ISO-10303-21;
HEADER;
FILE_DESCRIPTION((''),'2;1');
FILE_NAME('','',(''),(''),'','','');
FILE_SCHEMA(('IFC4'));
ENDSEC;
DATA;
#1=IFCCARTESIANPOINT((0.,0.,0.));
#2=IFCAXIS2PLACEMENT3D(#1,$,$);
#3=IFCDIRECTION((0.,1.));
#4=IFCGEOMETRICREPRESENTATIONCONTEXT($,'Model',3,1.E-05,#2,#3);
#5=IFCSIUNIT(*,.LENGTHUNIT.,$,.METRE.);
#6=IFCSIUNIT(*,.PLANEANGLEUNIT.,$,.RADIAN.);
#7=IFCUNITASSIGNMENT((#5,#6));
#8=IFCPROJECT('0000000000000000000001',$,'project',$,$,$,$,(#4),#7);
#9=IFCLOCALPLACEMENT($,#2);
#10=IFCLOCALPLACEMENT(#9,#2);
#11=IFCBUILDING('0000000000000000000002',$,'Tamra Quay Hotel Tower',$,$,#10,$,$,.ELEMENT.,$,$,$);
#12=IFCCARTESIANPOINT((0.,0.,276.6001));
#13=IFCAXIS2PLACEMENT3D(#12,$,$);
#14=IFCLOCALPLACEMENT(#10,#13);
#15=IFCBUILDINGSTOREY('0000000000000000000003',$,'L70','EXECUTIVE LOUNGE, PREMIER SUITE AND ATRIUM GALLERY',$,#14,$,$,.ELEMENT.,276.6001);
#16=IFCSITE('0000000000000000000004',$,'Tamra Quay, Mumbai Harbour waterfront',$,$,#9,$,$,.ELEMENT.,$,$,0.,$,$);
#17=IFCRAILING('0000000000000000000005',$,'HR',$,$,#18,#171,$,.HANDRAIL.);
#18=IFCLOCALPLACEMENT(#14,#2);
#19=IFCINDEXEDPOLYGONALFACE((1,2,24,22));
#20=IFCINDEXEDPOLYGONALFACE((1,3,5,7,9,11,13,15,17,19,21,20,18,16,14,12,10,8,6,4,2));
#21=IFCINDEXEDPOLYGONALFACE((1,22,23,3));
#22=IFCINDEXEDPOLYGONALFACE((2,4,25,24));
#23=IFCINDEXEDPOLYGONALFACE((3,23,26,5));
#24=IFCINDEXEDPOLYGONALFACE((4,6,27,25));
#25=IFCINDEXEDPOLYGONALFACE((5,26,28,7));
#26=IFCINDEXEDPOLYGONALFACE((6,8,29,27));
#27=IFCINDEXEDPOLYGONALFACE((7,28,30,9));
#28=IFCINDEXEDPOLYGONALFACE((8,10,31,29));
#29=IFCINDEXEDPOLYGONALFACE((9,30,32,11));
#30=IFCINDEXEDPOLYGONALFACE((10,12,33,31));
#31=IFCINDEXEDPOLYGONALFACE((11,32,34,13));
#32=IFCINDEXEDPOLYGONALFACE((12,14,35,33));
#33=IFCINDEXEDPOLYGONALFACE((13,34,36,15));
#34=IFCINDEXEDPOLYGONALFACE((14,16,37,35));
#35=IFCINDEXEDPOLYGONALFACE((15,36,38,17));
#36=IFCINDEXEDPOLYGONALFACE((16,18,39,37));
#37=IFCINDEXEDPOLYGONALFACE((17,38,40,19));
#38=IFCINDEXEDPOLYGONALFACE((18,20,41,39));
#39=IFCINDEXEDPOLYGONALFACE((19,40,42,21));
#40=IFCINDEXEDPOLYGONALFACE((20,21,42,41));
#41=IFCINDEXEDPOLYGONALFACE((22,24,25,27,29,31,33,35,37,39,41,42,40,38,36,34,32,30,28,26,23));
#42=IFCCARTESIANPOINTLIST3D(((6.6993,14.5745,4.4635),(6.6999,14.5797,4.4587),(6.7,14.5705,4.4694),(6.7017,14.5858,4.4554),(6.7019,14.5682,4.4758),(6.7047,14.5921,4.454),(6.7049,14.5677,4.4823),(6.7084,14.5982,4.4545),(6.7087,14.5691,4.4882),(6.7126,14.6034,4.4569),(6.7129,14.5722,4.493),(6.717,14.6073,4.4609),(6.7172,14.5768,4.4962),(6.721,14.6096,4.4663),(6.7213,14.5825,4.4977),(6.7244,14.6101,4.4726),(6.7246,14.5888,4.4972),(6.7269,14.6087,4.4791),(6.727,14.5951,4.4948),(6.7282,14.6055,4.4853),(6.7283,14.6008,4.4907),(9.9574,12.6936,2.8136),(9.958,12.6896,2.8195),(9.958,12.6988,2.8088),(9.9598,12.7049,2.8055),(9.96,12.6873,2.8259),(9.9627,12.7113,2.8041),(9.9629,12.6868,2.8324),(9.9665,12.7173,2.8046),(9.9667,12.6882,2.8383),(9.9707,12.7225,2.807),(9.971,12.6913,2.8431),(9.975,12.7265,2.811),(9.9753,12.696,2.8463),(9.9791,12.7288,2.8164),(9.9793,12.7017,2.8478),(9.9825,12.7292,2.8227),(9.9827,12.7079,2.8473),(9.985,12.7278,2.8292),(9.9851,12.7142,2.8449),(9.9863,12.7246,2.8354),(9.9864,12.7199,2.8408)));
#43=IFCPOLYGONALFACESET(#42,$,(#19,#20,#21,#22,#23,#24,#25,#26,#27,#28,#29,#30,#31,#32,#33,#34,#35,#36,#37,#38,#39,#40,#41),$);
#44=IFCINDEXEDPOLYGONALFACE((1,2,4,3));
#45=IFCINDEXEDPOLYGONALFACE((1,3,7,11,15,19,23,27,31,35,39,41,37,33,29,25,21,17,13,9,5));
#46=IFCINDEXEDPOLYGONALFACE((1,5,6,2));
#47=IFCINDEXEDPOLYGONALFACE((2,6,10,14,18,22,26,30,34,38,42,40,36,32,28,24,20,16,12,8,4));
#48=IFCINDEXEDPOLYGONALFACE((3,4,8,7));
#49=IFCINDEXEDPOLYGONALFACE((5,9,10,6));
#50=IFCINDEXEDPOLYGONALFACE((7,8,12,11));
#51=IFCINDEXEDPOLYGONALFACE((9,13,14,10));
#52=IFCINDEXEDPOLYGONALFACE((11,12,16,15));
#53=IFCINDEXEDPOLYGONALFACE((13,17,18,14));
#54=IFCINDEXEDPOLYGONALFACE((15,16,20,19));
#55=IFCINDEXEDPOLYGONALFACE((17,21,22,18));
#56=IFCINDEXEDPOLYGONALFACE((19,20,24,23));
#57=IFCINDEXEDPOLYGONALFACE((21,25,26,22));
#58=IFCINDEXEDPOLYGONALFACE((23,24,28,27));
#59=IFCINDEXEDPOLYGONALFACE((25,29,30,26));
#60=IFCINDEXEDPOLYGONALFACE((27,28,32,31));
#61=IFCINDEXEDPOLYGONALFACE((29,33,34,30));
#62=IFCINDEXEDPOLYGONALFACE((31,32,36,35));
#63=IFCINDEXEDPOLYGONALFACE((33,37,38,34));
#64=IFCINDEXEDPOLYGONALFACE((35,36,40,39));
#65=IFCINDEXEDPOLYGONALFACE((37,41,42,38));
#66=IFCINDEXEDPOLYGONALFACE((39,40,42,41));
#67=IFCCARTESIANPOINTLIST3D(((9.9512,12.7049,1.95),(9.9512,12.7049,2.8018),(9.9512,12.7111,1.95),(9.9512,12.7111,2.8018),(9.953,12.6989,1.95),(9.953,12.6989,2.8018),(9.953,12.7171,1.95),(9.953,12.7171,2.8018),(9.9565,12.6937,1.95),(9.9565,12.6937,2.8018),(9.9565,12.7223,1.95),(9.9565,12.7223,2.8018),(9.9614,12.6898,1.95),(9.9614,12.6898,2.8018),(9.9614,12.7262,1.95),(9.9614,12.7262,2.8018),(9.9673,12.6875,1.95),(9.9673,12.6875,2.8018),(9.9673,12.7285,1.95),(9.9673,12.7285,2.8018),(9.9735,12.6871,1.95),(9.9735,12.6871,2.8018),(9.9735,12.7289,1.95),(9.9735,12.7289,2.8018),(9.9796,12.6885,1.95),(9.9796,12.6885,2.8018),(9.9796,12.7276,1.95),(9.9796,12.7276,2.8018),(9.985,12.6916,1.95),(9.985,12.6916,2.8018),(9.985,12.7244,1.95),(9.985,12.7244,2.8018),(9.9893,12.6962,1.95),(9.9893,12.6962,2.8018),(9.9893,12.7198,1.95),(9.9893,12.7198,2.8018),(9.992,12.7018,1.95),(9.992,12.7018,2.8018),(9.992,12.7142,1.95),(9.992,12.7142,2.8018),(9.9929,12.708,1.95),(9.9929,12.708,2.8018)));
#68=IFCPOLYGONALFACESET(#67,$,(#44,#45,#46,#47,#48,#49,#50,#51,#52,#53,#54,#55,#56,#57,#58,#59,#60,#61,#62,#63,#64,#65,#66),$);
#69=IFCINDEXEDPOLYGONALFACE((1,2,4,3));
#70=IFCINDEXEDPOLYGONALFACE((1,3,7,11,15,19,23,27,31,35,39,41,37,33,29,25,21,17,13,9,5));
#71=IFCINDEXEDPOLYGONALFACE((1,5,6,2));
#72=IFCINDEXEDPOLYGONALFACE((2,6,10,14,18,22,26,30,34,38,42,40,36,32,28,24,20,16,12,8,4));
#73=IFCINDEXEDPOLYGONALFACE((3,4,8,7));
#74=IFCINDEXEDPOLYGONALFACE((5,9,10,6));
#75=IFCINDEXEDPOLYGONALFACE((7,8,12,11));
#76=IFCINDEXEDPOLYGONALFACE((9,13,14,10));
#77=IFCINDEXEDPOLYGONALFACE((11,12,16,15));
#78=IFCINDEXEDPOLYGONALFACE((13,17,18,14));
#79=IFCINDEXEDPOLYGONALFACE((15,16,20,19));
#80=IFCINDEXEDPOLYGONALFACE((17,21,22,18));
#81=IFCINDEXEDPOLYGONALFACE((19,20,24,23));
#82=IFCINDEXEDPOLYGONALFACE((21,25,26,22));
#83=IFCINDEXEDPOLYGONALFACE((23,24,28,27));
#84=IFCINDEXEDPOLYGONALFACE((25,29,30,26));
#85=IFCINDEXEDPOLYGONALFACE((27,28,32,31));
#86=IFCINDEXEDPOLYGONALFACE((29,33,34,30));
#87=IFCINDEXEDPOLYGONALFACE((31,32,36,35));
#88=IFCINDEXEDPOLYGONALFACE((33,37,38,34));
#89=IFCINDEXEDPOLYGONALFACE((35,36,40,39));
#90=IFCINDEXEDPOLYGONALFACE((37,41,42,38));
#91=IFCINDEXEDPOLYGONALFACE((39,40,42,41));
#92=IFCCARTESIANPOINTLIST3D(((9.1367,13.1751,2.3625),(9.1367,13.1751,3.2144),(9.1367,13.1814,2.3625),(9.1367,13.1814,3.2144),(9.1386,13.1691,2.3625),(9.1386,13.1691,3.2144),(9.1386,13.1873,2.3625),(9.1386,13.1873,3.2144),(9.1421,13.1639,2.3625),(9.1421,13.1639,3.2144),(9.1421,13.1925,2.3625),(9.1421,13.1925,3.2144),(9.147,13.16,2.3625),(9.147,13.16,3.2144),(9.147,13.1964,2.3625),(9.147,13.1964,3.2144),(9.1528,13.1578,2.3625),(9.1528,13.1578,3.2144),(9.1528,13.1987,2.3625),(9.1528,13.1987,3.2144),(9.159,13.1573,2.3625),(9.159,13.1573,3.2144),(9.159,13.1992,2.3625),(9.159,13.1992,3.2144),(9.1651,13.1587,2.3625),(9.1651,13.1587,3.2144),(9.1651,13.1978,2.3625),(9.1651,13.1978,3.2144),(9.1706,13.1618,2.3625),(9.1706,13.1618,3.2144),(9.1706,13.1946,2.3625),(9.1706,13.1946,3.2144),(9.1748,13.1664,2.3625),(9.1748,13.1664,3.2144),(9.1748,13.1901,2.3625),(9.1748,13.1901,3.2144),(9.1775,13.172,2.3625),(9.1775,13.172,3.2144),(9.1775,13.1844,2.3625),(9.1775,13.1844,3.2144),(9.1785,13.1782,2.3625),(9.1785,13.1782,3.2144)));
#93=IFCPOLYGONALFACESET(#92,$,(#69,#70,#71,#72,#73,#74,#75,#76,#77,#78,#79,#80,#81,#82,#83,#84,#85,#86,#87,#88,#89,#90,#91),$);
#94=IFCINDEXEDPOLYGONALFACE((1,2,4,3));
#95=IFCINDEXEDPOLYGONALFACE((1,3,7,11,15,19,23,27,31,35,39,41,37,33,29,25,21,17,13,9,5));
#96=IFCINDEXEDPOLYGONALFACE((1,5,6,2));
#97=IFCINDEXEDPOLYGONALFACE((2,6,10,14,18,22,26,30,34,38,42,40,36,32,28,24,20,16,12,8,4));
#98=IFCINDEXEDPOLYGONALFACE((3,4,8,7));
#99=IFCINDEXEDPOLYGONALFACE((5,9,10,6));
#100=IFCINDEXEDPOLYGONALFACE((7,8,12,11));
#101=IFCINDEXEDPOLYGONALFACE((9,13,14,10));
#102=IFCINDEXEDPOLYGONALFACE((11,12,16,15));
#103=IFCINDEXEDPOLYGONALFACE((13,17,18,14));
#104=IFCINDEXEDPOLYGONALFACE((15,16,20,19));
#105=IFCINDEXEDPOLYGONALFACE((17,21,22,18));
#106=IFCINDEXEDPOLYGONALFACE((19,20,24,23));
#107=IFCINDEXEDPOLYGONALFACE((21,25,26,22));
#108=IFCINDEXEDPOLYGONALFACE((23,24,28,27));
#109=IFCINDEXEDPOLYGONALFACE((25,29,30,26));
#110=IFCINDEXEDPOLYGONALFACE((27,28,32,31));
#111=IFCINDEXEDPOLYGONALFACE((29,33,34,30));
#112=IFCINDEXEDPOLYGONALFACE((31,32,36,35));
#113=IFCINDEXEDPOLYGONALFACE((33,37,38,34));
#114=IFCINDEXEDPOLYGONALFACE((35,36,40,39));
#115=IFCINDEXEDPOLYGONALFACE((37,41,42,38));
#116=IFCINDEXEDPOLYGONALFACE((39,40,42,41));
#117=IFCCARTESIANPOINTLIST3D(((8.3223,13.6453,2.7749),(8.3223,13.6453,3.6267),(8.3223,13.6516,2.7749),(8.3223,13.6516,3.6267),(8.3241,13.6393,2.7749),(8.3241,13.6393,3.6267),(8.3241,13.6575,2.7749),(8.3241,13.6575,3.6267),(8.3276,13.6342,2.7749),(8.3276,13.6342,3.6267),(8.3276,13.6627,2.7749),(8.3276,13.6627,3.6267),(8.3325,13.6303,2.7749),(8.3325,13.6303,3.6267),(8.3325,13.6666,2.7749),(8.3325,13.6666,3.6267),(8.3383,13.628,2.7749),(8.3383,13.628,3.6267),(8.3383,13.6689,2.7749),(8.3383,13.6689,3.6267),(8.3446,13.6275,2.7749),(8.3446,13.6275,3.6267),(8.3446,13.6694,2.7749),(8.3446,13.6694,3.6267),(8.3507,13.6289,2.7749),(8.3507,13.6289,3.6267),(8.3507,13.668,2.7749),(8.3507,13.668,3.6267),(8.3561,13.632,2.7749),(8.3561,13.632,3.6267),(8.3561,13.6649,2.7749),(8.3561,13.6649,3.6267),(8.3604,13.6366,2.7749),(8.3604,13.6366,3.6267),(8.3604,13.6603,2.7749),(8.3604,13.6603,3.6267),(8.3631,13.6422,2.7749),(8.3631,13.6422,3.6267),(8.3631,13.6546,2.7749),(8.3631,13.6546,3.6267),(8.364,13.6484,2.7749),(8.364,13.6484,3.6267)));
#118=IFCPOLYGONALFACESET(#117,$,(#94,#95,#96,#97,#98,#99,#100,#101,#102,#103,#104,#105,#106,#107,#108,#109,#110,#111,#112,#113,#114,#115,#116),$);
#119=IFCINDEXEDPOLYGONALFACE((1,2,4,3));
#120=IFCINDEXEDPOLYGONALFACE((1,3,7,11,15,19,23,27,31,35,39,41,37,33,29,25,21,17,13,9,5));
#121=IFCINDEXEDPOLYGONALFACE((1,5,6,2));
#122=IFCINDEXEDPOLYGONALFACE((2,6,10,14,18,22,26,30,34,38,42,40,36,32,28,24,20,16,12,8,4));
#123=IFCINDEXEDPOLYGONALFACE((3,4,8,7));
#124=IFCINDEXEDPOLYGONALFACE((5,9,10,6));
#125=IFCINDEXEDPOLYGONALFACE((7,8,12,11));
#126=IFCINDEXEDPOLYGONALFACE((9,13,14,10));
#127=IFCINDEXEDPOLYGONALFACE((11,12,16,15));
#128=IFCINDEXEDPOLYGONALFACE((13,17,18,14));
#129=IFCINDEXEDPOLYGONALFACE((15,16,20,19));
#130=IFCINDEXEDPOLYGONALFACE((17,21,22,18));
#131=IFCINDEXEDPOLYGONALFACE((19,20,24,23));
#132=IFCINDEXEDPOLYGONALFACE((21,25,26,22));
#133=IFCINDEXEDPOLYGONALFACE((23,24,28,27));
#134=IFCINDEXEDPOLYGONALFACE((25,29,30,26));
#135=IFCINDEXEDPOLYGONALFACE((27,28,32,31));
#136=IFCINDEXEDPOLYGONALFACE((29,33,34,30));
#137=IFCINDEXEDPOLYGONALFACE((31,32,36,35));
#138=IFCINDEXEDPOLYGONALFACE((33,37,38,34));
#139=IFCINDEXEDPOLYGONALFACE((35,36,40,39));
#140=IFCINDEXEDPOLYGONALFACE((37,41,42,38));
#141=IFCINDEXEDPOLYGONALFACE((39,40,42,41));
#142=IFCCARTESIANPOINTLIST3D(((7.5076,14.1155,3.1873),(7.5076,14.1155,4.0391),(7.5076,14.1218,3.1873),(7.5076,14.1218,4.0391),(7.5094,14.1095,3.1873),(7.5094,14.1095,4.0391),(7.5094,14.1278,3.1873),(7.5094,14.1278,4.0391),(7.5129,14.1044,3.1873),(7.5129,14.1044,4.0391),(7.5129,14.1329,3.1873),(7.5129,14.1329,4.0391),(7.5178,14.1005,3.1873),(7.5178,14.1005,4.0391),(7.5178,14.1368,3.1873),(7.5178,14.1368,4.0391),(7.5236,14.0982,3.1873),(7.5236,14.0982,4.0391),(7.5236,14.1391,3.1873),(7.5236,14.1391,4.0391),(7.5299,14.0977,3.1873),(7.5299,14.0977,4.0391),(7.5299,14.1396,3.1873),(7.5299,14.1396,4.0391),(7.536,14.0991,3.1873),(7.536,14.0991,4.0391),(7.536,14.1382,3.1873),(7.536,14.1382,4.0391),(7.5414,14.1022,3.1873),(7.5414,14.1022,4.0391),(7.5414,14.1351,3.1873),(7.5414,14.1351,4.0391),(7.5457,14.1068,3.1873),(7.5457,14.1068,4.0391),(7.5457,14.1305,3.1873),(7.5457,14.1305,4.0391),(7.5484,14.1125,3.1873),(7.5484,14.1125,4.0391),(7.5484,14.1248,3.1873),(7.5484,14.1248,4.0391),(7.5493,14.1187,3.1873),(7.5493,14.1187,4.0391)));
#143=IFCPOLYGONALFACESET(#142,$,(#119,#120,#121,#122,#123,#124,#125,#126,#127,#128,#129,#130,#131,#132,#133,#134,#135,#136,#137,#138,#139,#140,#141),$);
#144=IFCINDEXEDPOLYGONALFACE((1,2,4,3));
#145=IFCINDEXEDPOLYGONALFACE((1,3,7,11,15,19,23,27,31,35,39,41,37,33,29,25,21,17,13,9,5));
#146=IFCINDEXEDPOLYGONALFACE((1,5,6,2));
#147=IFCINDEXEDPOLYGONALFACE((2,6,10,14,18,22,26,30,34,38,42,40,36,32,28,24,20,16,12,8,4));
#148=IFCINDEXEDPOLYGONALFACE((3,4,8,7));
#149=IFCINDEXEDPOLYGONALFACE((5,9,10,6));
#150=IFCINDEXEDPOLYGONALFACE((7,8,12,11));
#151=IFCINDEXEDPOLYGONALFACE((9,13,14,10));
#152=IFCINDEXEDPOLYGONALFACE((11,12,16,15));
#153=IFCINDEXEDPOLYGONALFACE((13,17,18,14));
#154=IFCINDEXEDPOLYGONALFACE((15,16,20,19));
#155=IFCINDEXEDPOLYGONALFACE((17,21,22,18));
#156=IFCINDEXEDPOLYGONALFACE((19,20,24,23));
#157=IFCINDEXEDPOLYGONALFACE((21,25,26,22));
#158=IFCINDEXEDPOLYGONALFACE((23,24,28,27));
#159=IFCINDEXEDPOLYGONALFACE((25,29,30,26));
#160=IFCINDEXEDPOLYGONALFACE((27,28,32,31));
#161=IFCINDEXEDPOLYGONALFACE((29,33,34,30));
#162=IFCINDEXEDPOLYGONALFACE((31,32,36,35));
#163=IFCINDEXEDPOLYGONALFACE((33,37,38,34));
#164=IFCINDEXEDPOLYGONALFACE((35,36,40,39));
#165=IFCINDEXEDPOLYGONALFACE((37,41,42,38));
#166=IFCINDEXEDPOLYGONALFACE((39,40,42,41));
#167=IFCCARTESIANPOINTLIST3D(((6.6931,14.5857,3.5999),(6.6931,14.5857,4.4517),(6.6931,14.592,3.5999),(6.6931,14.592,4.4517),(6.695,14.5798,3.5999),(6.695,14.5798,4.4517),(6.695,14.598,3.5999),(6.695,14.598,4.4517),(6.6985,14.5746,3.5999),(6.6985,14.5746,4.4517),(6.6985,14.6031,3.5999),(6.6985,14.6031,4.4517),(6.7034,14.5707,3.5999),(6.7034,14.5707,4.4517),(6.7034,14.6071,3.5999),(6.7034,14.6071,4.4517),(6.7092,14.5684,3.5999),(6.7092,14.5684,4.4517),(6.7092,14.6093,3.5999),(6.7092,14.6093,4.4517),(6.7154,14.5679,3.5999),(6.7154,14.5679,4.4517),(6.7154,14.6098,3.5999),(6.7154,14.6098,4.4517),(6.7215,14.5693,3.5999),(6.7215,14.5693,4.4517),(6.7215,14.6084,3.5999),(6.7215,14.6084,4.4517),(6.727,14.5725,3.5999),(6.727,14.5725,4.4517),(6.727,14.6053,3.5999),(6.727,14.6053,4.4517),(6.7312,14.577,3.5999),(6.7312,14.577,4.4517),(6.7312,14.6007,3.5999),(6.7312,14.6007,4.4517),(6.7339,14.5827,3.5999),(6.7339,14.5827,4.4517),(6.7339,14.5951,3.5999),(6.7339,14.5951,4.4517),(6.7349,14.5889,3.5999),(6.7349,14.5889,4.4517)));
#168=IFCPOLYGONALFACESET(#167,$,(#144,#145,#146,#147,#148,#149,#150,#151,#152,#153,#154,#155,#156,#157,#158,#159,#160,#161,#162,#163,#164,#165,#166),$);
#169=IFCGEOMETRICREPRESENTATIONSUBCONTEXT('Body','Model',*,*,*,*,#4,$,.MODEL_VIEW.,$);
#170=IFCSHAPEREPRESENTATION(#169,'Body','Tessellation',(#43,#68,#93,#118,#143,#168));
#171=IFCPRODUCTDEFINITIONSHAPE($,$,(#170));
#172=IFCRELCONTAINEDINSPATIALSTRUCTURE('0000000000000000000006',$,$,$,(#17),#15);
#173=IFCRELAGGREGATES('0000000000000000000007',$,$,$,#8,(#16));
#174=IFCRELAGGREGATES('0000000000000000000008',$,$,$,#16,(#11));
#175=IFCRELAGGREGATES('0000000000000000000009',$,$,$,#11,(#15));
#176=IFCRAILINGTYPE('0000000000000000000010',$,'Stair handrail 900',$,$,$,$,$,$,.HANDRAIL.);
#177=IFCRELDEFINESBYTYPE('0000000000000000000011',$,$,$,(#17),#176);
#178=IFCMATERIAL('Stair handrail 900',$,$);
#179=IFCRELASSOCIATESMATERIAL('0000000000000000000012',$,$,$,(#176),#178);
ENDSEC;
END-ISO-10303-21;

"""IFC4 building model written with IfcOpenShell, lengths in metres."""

from ifc_helpers import new_model, si_unit, direction, frame, origin, origin_2d, place, context, subcontext, project, spatial, circle, extrude, material, type_object, element, save


model = new_model("IFC4")

# Units and contexts
model_context = context("Model", 3, precision=1e-05, world=origin(), true_north=direction((0.0, 1.0)))
body_context = subcontext(model_context, "Body", "Model", "MODEL_VIEW")
ifc_project = project(units=[si_unit("LENGTHUNIT", "METRE"), si_unit("PLANEANGLEUNIT", "RADIAN")], contexts=[model_context])

# Site, building, storey
site_placement = place(None, origin())
site = spatial("IfcSite", under=ifc_project, at=site_placement, Name="Tamra Quay, Mumbai Harbour waterfront", CompositionType="ELEMENT", RefElevation=0.0)
building_placement = place(site_placement, origin())
building = spatial("IfcBuilding", under=site, at=building_placement, Name="Tamra Quay Hotel Tower", CompositionType="ELEMENT")
storey_placement = place(building_placement, frame((0.0, 0.0, 276.6001)))
storey = spatial("IfcBuildingStorey", under=building, at=storey_placement, Name="L70", Description="EXECUTIVE LOUNGE, PREMIER SUITE AND ATRIUM GALLERY", CompositionType="ELEMENT", Elevation=276.6001)

# Railing
ifc_material_1 = material(Name="Stair handrail 900")
railing_type_1 = type_object("IfcRailingType", Name="Stair handrail 900", PredefinedType="HANDRAIL", material=ifc_material_1)
railing_1_placement = place(storey_placement, frame((9.9719, 12.708, 1.95)))
element("IfcRailing", 1, at=railing_1_placement, inside=storey, type_object=railing_type_1, Name="HR", PredefinedType="HANDRAIL", context=body_context, shape_type="SweptSolid", body=[
    extrude(circle(Radius=0.0239, at=origin_2d()), frame((0.0, 0.0, 0.876), z_axis=(-0.793122, 0.457865, 0.401642), x_axis=(-0.499964, -0.866046, 0.0)), (0.0, 0.0, 1.0), 4.1079),
    extrude(circle(Radius=0.021, at=origin_2d()), origin(), (0.0, 0.0, 1.0), 0.8518),
    extrude(circle(Radius=0.021, at=origin_2d()), frame((-0.8145, 0.4702, 0.4126)), (0.0, 0.0, 1.0), 0.8518),
    extrude(circle(Radius=0.021, at=origin_2d()), frame((-1.6289, 0.9404, 0.825)), (0.0, 0.0, 1.0), 0.8518),
    extrude(circle(Radius=0.021, at=origin_2d()), frame((-2.4436, 1.4106, 1.2373)), (0.0, 0.0, 1.0), 0.8518),
    extrude(circle(Radius=0.021, at=origin_2d()), frame((-3.2581, 1.8809, 1.6499)), (0.0, 0.0, 1.0), 0.8518),
])

save(model, "model.ifc")
